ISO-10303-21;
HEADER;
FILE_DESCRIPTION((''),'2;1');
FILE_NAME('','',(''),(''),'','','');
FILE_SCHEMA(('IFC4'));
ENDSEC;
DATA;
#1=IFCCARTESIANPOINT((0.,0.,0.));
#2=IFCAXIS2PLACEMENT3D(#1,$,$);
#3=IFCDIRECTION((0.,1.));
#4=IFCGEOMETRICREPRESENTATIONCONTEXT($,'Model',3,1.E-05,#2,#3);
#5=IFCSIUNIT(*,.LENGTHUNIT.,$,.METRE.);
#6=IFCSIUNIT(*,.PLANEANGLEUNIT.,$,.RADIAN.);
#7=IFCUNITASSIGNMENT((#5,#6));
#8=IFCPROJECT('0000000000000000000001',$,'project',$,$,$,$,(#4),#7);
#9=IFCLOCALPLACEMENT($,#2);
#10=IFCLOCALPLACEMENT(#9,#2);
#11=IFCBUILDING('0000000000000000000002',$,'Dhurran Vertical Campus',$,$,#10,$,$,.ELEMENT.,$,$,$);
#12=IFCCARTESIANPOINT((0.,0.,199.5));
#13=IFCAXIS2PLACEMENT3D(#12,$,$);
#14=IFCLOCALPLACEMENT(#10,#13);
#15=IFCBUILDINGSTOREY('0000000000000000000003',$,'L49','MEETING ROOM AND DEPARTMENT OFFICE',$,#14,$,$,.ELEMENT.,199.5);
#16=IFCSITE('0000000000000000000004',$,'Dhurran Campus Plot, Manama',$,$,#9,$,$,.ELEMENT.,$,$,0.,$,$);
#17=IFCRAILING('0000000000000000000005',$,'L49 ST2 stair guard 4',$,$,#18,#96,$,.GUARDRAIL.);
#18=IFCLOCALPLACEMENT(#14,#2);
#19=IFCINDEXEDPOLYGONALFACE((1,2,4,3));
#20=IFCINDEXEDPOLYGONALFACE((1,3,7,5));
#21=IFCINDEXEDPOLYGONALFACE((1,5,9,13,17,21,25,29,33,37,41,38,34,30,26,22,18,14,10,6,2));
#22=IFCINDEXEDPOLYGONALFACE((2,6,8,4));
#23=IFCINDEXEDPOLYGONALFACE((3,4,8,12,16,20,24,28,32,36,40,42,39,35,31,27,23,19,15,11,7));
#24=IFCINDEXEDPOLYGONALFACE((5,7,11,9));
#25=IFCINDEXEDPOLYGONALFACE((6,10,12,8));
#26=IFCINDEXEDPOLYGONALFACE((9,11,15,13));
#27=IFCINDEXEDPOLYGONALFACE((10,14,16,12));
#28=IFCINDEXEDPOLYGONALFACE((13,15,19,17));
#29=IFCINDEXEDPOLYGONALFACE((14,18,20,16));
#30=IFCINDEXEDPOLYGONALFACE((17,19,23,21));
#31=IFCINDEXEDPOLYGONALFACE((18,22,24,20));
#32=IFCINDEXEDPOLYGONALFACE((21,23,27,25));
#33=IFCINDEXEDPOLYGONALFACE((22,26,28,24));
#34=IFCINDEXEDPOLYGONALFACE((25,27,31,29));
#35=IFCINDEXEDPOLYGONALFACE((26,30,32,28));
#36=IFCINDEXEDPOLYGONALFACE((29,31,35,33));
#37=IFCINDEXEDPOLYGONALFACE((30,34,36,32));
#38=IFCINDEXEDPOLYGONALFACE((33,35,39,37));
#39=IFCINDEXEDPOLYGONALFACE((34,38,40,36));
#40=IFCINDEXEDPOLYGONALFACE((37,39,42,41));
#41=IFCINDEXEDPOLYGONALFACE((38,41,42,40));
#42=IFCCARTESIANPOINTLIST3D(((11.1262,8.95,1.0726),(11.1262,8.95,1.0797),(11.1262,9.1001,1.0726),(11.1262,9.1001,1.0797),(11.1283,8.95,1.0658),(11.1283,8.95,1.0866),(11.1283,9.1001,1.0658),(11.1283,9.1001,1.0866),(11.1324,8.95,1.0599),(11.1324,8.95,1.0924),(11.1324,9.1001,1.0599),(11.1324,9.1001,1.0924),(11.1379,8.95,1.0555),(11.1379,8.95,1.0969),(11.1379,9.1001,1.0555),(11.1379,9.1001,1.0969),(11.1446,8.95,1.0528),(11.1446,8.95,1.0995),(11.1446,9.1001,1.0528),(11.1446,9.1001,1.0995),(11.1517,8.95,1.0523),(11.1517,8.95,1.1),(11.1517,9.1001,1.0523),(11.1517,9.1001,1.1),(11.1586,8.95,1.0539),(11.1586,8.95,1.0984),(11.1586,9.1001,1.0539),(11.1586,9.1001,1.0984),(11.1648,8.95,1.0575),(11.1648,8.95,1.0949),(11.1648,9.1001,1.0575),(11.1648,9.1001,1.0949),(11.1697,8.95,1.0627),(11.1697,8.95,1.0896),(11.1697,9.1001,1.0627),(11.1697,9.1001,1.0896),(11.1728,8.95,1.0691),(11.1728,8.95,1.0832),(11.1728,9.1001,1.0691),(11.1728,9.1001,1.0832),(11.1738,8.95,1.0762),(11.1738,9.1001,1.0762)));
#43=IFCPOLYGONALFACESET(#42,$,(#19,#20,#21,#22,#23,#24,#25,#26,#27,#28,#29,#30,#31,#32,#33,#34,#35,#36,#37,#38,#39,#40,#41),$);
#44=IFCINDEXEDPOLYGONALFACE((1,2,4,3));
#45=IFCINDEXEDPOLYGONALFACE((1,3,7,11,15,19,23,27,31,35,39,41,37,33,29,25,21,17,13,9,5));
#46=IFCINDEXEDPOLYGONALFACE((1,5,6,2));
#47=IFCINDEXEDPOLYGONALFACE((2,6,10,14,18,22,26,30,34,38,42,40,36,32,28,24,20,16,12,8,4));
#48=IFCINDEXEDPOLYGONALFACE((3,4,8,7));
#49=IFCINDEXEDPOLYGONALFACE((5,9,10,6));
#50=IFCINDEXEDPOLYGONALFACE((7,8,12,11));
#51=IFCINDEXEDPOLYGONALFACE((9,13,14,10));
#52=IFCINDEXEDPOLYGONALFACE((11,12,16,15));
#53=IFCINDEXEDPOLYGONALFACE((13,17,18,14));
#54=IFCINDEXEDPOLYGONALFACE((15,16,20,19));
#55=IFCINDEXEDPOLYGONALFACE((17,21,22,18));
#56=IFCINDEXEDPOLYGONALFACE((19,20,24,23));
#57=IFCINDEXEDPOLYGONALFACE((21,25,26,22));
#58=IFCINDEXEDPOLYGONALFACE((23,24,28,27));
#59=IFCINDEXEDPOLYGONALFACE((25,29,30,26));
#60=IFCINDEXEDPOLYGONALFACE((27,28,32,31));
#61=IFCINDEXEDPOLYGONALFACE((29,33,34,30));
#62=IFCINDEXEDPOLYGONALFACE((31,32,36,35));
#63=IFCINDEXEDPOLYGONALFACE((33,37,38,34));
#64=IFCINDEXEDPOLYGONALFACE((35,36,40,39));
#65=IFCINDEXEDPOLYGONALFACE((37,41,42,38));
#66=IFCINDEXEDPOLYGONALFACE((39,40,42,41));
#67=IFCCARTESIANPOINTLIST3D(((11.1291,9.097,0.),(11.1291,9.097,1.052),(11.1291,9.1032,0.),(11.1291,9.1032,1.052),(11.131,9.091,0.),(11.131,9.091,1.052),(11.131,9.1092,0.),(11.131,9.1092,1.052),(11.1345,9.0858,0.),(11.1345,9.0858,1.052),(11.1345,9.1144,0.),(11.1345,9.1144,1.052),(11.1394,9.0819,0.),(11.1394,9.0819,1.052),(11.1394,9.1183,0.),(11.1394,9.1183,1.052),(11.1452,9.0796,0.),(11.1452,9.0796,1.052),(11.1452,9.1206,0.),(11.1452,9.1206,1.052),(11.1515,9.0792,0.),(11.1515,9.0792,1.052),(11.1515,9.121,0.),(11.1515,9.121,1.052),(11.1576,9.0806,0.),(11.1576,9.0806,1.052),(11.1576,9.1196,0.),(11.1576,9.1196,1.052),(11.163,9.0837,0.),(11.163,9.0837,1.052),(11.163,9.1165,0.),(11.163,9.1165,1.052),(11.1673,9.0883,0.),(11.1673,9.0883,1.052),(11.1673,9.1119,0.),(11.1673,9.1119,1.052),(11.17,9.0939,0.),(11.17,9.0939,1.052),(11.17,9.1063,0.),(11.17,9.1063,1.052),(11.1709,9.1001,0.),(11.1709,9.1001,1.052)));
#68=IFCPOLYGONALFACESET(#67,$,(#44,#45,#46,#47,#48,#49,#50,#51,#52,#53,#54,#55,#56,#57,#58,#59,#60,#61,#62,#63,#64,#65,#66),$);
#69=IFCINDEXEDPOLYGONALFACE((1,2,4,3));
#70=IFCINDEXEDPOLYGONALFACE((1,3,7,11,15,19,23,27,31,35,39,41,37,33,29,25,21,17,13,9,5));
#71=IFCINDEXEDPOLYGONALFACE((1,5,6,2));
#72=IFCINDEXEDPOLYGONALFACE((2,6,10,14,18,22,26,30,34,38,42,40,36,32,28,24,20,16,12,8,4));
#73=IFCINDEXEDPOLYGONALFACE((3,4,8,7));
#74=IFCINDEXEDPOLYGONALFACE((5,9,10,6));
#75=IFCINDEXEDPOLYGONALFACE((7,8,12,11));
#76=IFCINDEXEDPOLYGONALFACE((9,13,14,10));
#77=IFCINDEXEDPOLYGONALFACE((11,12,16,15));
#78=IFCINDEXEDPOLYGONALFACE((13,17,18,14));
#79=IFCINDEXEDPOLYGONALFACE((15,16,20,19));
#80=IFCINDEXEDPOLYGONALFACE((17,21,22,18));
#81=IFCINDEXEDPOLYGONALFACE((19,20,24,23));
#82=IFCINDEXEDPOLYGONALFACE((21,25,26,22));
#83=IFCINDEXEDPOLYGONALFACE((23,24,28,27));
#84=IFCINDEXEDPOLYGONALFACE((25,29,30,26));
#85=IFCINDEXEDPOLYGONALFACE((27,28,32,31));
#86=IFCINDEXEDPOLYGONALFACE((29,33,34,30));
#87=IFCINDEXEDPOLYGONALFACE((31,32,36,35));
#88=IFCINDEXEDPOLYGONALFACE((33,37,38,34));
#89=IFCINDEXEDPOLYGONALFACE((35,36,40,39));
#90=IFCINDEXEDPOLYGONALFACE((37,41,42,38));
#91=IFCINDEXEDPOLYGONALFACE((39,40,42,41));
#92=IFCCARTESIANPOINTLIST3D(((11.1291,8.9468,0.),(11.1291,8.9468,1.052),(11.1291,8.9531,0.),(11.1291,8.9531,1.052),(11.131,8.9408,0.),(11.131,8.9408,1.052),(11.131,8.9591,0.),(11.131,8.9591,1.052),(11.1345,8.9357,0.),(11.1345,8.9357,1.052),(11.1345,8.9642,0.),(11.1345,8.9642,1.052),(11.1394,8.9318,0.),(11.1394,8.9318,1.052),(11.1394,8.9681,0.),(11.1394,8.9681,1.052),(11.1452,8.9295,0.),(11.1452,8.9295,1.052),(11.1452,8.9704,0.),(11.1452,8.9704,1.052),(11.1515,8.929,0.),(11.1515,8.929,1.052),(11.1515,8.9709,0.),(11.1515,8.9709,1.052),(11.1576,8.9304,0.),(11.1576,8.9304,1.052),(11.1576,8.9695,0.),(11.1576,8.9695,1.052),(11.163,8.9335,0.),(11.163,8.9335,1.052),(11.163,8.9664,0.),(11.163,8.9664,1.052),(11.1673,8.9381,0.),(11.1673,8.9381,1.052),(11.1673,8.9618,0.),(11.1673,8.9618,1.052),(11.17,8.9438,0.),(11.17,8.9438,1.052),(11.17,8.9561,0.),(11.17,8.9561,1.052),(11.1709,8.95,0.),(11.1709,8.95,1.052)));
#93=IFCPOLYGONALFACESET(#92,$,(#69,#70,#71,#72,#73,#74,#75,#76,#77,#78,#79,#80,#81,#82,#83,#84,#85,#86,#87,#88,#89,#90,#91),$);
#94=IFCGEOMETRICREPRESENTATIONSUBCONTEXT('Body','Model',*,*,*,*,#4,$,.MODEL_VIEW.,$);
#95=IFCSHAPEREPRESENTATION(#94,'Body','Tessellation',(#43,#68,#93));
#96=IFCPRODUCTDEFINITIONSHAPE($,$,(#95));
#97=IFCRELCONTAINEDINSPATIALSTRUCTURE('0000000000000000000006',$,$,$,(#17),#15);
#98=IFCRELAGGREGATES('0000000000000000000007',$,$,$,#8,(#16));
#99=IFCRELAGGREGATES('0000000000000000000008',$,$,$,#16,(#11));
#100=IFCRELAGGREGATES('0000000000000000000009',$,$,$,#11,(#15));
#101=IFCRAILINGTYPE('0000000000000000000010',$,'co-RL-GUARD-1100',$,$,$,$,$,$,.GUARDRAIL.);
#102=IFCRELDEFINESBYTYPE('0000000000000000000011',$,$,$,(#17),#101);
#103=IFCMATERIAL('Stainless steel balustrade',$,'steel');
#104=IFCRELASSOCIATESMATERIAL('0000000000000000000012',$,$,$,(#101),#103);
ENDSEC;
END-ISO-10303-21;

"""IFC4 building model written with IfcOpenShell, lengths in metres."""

from ifc_helpers import new_model, si_unit, direction, frame, origin, origin_2d, place, context, subcontext, project, spatial, circle, extrude, material, type_object, element, save


model = new_model("IFC4")

# Units and contexts
model_context = context("Model", 3, precision=1e-05, world=origin(), true_north=direction((0.0, 1.0)))
body_context = subcontext(model_context, "Body", "Model", "MODEL_VIEW")
ifc_project = project(units=[si_unit("LENGTHUNIT", "METRE"), si_unit("PLANEANGLEUNIT", "RADIAN")], contexts=[model_context])

# Site, building, storey
site_placement = place(None, origin())
site = spatial("IfcSite", under=ifc_project, at=site_placement, Name="Dhurran Campus Plot, Manama", CompositionType="ELEMENT", RefElevation=0.0)
building_placement = place(site_placement, origin())
building = spatial("IfcBuilding", under=site, at=building_placement, Name="Dhurran Vertical Campus", CompositionType="ELEMENT")
storey_placement = place(building_placement, frame((0.0, 0.0, 199.5)))
storey = spatial("IfcBuildingStorey", under=building, at=storey_placement, Name="L49", Description="MEETING ROOM AND DEPARTMENT OFFICE", CompositionType="ELEMENT", Elevation=199.5)

# Railing
ifc_material_1 = material(Name="Stainless steel balustrade", Category="steel")
railing_type_1 = type_object("IfcRailingType", Name="co-RL-GUARD-1100", PredefinedType="GUARDRAIL", material=ifc_material_1)
railing_1_placement = place(storey_placement, frame((11.1499, 9.1001, 0.0)))
element("IfcRailing", 1, at=railing_1_placement, inside=storey, type_object=railing_type_1, Name="L49 ST2 stair guard 4", PredefinedType="GUARDRAIL", context=body_context, shape_type="SweptSolid", body=[
    extrude(circle(Radius=0.0239, at=origin_2d()), frame((0.0, 0.0, 1.0762), z_axis=(0.0, -1.0, 0.0), x_axis=(1.0, 0.0, 0.0)), (0.0, 0.0, 1.0), 0.1501),
    extrude(circle(Radius=0.021, at=origin_2d()), origin(), (0.0, 0.0, 1.0), 1.052),
    extrude(circle(Radius=0.021, at=origin_2d()), frame((0.0, -0.1501, 0.0)), (0.0, 0.0, 1.0), 1.052),
])

save(model, "model.ifc")
